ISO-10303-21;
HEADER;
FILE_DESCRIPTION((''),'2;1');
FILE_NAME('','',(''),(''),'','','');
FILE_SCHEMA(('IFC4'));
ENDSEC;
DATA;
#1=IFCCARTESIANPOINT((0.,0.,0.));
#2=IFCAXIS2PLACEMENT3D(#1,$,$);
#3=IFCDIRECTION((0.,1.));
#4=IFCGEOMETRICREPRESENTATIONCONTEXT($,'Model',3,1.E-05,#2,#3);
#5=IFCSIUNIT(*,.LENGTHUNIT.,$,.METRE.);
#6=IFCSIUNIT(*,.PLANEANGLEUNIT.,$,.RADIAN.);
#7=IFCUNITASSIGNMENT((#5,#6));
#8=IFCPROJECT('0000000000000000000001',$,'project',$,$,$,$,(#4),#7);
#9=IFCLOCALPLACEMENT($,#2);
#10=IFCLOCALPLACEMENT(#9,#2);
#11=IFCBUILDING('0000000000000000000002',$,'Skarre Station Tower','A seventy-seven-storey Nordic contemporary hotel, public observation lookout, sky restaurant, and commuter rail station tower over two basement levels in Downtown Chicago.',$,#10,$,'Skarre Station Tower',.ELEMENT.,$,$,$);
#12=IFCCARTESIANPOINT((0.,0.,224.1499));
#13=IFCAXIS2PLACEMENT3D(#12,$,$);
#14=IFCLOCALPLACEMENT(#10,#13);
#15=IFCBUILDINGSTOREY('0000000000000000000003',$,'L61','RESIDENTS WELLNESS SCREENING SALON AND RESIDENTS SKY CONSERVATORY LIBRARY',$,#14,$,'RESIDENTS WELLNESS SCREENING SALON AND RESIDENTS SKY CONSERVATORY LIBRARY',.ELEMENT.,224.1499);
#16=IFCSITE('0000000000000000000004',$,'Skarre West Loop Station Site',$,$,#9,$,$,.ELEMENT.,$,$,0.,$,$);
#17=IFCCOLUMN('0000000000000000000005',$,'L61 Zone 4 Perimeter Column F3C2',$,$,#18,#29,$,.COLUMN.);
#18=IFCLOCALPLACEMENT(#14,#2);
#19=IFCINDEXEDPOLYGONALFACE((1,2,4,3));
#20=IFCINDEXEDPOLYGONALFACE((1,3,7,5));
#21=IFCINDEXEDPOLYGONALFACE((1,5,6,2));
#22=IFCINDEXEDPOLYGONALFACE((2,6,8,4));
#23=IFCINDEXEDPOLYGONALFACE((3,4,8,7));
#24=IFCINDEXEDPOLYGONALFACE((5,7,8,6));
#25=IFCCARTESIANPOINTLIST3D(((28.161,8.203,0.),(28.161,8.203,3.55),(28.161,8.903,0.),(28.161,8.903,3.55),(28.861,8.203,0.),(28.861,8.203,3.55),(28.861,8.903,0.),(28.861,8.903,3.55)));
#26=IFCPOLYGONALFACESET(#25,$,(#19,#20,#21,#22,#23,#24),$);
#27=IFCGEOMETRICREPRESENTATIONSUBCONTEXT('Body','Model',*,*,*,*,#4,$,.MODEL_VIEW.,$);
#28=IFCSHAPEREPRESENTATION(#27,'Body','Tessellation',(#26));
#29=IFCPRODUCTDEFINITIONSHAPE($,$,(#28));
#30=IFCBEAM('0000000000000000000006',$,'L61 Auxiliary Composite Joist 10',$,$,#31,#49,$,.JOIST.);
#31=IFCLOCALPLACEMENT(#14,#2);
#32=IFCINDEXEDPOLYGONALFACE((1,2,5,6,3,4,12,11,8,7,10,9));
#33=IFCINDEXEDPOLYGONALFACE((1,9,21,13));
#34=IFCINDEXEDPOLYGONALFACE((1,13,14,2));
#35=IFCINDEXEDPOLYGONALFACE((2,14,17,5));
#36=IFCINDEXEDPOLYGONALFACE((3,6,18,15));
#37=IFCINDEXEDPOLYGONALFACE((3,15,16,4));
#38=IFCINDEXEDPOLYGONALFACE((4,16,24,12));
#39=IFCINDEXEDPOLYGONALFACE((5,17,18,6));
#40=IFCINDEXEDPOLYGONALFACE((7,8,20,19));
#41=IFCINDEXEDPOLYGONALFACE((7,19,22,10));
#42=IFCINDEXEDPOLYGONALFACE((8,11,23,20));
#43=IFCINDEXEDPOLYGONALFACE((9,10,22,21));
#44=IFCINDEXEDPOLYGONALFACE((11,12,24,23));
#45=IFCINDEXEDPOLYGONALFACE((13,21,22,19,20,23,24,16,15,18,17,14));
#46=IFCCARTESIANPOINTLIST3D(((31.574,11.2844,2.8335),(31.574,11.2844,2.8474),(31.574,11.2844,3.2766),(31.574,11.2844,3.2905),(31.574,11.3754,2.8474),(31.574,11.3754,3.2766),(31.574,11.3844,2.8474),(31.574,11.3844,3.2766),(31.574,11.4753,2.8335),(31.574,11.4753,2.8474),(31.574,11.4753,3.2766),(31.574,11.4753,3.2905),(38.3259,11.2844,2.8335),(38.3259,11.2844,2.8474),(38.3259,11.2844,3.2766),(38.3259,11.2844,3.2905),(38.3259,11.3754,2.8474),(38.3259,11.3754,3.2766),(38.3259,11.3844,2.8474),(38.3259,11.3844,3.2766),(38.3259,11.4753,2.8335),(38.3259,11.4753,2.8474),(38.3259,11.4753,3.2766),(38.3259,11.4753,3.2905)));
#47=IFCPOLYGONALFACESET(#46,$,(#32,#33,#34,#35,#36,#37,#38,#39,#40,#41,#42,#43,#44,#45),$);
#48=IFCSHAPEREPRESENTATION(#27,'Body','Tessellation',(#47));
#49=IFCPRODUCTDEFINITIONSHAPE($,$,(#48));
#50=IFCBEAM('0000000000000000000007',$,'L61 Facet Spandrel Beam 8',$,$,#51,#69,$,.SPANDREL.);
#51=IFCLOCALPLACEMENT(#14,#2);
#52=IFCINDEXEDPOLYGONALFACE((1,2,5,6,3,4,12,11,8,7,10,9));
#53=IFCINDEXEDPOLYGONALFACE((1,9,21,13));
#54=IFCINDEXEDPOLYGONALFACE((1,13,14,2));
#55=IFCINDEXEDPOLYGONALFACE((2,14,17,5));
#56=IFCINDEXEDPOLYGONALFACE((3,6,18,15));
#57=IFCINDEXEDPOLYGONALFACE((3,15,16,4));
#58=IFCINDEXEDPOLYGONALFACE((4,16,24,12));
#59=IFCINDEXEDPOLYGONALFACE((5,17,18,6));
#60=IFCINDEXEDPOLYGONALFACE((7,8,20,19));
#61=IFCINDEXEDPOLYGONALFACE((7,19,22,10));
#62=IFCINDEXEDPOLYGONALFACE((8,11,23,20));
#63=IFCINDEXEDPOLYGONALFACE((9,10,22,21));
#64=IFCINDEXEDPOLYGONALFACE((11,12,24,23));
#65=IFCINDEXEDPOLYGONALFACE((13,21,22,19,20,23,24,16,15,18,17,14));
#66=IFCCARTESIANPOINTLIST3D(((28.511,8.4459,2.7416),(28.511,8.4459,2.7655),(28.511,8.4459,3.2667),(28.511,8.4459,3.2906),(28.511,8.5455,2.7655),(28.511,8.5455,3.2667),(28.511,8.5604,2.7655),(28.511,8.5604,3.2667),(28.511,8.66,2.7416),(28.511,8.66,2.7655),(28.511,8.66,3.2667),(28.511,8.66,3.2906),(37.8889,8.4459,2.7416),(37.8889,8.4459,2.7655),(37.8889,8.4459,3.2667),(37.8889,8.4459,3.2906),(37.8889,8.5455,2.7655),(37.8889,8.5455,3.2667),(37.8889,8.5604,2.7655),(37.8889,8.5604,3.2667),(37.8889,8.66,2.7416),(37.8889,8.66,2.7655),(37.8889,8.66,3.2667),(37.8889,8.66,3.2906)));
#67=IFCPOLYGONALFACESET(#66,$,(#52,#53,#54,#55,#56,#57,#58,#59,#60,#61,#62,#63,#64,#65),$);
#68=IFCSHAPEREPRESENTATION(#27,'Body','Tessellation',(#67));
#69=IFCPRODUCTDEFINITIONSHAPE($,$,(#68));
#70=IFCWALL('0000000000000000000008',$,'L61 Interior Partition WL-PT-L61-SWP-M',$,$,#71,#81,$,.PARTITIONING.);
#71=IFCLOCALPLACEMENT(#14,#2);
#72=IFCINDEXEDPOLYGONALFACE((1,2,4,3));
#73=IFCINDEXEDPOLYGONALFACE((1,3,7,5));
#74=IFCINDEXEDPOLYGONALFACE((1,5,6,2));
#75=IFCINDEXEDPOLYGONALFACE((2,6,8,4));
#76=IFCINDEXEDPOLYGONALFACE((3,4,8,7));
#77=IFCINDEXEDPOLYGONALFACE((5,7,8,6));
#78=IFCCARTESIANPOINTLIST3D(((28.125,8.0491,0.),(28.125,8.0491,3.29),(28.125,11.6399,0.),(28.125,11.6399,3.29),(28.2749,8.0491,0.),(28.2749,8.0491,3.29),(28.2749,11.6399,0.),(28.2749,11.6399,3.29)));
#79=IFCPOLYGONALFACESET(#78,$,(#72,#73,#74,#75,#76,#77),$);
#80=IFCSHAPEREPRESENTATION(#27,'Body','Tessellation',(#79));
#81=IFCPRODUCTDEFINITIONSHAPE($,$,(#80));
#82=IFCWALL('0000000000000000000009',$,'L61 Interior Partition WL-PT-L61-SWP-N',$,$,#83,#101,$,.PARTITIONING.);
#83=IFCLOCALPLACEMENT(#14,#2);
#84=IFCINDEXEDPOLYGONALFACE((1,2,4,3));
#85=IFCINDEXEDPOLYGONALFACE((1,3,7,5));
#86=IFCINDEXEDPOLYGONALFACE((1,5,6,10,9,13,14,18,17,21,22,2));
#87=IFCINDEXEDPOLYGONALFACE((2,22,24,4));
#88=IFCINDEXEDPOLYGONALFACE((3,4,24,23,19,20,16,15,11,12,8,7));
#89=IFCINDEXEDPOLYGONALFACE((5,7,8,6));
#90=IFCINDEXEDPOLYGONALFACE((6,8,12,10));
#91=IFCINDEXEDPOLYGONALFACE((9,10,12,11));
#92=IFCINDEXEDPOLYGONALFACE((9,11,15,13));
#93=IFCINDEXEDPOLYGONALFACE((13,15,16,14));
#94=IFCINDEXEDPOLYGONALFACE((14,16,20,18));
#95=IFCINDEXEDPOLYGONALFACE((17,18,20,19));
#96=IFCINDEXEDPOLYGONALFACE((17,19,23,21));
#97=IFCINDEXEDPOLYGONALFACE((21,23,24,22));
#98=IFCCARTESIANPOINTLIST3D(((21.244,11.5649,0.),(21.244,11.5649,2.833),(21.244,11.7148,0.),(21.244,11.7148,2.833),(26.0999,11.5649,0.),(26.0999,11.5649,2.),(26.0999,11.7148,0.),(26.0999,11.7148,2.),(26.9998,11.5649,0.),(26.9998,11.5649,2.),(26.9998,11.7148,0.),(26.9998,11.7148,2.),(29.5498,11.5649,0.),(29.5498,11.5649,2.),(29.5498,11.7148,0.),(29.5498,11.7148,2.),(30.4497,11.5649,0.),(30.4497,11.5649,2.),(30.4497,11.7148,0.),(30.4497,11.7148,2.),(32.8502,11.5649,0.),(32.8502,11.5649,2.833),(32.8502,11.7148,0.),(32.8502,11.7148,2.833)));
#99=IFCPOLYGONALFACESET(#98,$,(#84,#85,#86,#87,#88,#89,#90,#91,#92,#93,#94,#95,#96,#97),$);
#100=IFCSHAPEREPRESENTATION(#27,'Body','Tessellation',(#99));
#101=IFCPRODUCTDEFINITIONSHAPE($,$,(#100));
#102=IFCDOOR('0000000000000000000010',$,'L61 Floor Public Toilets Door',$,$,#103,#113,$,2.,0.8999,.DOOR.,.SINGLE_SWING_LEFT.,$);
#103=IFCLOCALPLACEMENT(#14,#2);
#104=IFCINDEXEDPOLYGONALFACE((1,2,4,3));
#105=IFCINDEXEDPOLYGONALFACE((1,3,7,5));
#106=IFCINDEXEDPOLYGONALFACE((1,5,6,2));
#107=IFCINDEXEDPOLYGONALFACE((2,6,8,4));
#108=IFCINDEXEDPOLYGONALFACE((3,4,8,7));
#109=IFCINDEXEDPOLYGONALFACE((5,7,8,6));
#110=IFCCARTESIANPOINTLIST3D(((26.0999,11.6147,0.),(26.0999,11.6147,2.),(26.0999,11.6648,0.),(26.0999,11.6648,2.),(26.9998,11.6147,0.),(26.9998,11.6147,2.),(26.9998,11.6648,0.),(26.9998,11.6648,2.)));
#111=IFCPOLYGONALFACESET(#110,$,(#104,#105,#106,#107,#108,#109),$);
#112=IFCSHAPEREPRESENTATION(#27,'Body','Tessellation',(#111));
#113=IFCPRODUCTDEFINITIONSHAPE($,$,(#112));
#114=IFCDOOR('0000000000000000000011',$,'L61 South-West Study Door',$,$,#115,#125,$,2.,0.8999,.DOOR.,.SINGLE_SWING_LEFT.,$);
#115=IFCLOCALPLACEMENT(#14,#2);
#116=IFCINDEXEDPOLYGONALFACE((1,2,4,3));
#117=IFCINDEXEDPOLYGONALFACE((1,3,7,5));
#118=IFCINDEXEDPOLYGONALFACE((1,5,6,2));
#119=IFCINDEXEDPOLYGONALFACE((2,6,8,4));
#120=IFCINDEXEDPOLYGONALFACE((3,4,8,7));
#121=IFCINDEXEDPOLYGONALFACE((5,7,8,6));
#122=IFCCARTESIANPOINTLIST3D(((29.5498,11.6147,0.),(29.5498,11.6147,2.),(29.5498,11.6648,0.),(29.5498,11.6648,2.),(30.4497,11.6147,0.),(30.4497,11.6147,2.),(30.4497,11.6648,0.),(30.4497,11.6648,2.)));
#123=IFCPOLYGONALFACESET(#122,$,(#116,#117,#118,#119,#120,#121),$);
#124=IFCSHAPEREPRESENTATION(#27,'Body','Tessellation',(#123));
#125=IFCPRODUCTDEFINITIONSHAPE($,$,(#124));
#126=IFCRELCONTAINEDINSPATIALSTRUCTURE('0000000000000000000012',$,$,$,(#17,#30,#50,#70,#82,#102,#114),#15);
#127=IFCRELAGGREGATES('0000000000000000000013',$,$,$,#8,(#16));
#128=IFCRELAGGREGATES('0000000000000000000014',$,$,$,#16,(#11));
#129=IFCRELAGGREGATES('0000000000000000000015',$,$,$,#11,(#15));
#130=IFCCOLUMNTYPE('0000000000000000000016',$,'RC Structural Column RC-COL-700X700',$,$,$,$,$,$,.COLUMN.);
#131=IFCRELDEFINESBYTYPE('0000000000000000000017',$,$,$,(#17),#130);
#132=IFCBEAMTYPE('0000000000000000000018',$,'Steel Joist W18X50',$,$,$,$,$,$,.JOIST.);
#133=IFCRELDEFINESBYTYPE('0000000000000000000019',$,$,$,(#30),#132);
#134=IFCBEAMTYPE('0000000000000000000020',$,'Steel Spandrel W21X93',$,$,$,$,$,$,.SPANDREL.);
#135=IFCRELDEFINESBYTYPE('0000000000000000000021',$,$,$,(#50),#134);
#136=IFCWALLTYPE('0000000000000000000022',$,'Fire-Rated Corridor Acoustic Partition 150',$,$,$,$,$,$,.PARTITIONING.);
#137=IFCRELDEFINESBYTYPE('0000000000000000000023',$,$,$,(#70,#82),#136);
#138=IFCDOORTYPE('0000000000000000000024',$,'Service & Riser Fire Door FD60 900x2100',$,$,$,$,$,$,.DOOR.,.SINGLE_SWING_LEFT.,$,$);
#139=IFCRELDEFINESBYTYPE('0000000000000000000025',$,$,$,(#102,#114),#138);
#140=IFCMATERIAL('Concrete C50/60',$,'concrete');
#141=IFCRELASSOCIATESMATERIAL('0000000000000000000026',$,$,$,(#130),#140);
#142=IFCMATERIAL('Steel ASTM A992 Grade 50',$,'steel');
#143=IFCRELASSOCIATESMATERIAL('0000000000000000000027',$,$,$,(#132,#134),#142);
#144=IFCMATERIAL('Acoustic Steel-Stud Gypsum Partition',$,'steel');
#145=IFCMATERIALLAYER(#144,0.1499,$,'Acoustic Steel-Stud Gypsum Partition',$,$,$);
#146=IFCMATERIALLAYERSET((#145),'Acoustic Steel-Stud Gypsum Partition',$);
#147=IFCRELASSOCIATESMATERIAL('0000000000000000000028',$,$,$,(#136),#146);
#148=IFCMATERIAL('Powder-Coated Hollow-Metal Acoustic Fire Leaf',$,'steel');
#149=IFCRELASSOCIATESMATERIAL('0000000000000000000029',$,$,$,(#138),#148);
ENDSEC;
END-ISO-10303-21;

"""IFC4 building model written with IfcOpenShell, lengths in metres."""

from ifc_helpers import new_model, si_unit, direction, frame, frame_2d, origin, origin_2d, place, context, subcontext, project, spatial, rectangle, i_section, extrude, material, layer, layer_set, material_profile, profile_set, type_object, element, fill, save


model = new_model("IFC4")

# Units and contexts
model_context = context("Model", 3, precision=1e-05, world=origin(), true_north=direction((0.0, 1.0)))
body_context = subcontext(model_context, "Body", "Model", "MODEL_VIEW")
ifc_project = project(units=[si_unit("LENGTHUNIT", "METRE"), si_unit("PLANEANGLEUNIT", "RADIAN")], contexts=[model_context])

# Site, building, storey
site_placement = place(None, origin())
site = spatial("IfcSite", under=ifc_project, at=site_placement, Name="Skarre West Loop Station Site", CompositionType="ELEMENT", RefElevation=0.0)
building_placement = place(site_placement, origin())
building = spatial("IfcBuilding", under=site, at=building_placement, Name="Skarre Station Tower", Description="A seventy-seven-storey Nordic contemporary hotel, public observation lookout, sky restaurant, and commuter rail station tower over two basement levels in Downtown Chicago.", LongName="Skarre Station Tower", CompositionType="ELEMENT")
storey_placement = place(building_placement, frame((0.0, 0.0, 224.1499)))
storey = spatial("IfcBuildingStorey", under=building, at=storey_placement, Name="L61", Description="RESIDENTS WELLNESS SCREENING SALON AND RESIDENTS SKY CONSERVATORY LIBRARY", LongName="RESIDENTS WELLNESS SCREENING SALON AND RESIDENTS SKY CONSERVATORY LIBRARY", CompositionType="ELEMENT", Elevation=224.1499)

# Column
ifc_material_1 = material(Name="Concrete C50/60", Category="concrete")
ifc_material_profile_1 = material_profile(ifc_material_1, rectangle(XDim=0.7, YDim=0.7, at=origin_2d()), Name="Concrete C50/60")
ifc_profile_set_1 = profile_set([ifc_material_profile_1], Name="Concrete C50/60")
column_type = type_object("IfcColumnType", Name="RC Structural Column RC-COL-700X700", PredefinedType="COLUMN", material=ifc_profile_set_1)
column_placement = place(storey_placement, frame((28.511, 8.553, 0.0), z_axis=(0.0, 0.0, 1.0), x_axis=(1.0, 0.0, 0.0)))
element("IfcColumn", 1, at=column_placement, inside=storey, type_object=column_type, Name="L61 Zone 4 Perimeter Column F3C2", PredefinedType="COLUMN", context=body_context, shape_type="SweptSolid", body=[
    extrude(rectangle(XDim=0.7, YDim=0.7, at=origin_2d()), origin(), (0.0, 0.0, 1.0), 3.55),
])

# Beams
ifc_material_2 = material(Name="Steel ASTM A992 Grade 50", Category="steel")
ifc_material_profile_2 = material_profile(ifc_material_2, i_section(OverallWidth=0.1909, OverallDepth=0.457, WebThickness=0.009, FlangeThickness=0.0139, at=origin_2d()), Name="Steel ASTM A992 Grade 50")
ifc_profile_set_2 = profile_set([ifc_material_profile_2], Name="Steel ASTM A992 Grade 50")
beam_type_1 = type_object("IfcBeamType", Name="Steel Joist W18X50", PredefinedType="JOIST", material=ifc_profile_set_2)
beam_1_placement = place(storey_placement, frame((31.574, 11.3799, 3.062), z_axis=(1.0, 0.0, 0.0), x_axis=(0.0, 1.0, 0.0)))
element("IfcBeam", 2, at=beam_1_placement, inside=storey, type_object=beam_type_1, Name="L61 Auxiliary Composite Joist 10", PredefinedType="JOIST", context=body_context, shape_type="SweptSolid", body=[
    extrude(i_section(OverallWidth=0.1909, OverallDepth=0.457, WebThickness=0.009, FlangeThickness=0.0139, at=origin_2d()), origin(), (0.0, 0.0, 1.0), 6.752),
])
ifc_material_profile_3 = material_profile(ifc_material_2, i_section(OverallWidth=0.2141, OverallDepth=0.5491, WebThickness=0.0149, FlangeThickness=0.0239, at=origin_2d()), Name="Steel ASTM A992 Grade 50")
ifc_profile_set_3 = profile_set([ifc_material_profile_3], Name="Steel ASTM A992 Grade 50")
beam_type_2 = type_object("IfcBeamType", Name="Steel Spandrel W21X93", PredefinedType="SPANDREL", material=ifc_profile_set_3)
beam_2_placement = place(storey_placement, frame((28.511, 8.553, 3.0161), z_axis=(1.0, 0.0, 0.0), x_axis=(0.0, 1.0, 0.0)))
element("IfcBeam", 3, at=beam_2_placement, inside=storey, type_object=beam_type_2, Name="L61 Facet Spandrel Beam 8", PredefinedType="SPANDREL", context=body_context, shape_type="SweptSolid", body=[
    extrude(i_section(OverallWidth=0.2141, OverallDepth=0.5491, WebThickness=0.0149, FlangeThickness=0.0239, at=origin_2d()), origin(), (0.0, 0.0, 1.0), 9.3779),
])

# Wall
ifc_material_3 = material(Name="Acoustic Steel-Stud Gypsum Partition", Category="steel")
ifc_layer_1 = layer(ifc_material_3, 0.1499, Name="Acoustic Steel-Stud Gypsum Partition")
ifc_layer_set_1 = layer_set([ifc_layer_1], Name="Acoustic Steel-Stud Gypsum Partition")
wall_type_1 = type_object("IfcWallType", Name="Fire-Rated Corridor Acoustic Partition 150", PredefinedType="PARTITIONING", material=ifc_layer_set_1)
wall_1_placement = place(storey_placement, frame((28.2, 8.0491, 0.0), z_axis=(0.0, 0.0, 1.0), x_axis=(0.0, 1.0, 0.0)))
element("IfcWall", 4, at=wall_1_placement, inside=storey, type_object=wall_type_1, Name="L61 Interior Partition WL-PT-L61-SWP-M", PredefinedType="PARTITIONING", context=body_context, shape_type="SweptSolid", body=[
    extrude(rectangle(XDim=3.5908, YDim=0.1499, at=frame_2d((1.7954, 0.0))), origin(), (0.0, 0.0, 1.0), 3.29),
])

# Wall, openings, doors
wall_2_placement = place(storey_placement, frame((21.2439, 11.6399, 0.0), z_axis=(0.0, 0.0, 1.0), x_axis=(1.0, 0.0, 0.0)))
wall_2 = element("IfcWall", 5, at=wall_2_placement, inside=storey, type_object=wall_type_1, Name="L61 Interior Partition WL-PT-L61-SWP-N", PredefinedType="PARTITIONING", context=body_context, shape_type="SweptSolid", body=[
    extrude(rectangle(XDim=11.6062, YDim=0.1499, at=frame_2d((5.8032, 0.0))), origin(), (0.0, 0.0, 1.0), 2.833),
])
opening_1_placement = place(wall_2_placement, frame((4.856, 0.0, 0.0)))
opening_1 = element("IfcOpeningElement", 6, at=opening_1_placement, cuts=wall_2, PredefinedType="OPENING", context=body_context, shape_type="SweptSolid", body=[
    extrude(rectangle(XDim=0.8999, YDim=2.0, at=frame_2d((0.45, 1.0))), frame((0.0, 0.085, 0.0), z_axis=(0.0, -1.0, 0.0), x_axis=(1.0, 0.0, 0.0)), (0.0, 0.0, 1.0), 0.1699),
])
opening_2_placement = place(wall_2_placement, frame((8.3059, 0.0, 0.0)))
opening_2 = element("IfcOpeningElement", 7, at=opening_2_placement, cuts=wall_2, PredefinedType="OPENING", context=body_context, shape_type="SweptSolid", body=[
    extrude(rectangle(XDim=0.8999, YDim=2.0, at=frame_2d((0.45, 1.0))), frame((0.0, 0.085, 0.0), z_axis=(0.0, -1.0, 0.0), x_axis=(1.0, 0.0, 0.0)), (0.0, 0.0, 1.0), 0.1699),
])
ifc_material_4 = material(Name="Powder-Coated Hollow-Metal Acoustic Fire Leaf", Category="steel")
door_type = type_object("IfcDoorType", Name="Service & Riser Fire Door FD60 900x2100", OperationType="SINGLE_SWING_LEFT", PredefinedType="DOOR", material=ifc_material_4)
door_1_placement = place(opening_1_placement, origin())
door_1 = element("IfcDoor", 8, at=door_1_placement, inside=storey, type_object=door_type, Name="L61 Floor Public Toilets Door", OperationType="SINGLE_SWING_LEFT", OverallHeight=2.0, OverallWidth=0.8999, PredefinedType="DOOR", context=body_context, shape_type="SweptSolid", body=[
    extrude(rectangle(XDim=0.8999, YDim=2.0, at=frame_2d((0.45, 1.0))), frame((0.0, 0.0249, 0.0), z_axis=(0.0, -1.0, 0.0), x_axis=(1.0, 0.0, 0.0)), (0.0, 0.0, 1.0), 0.05),
])
fill(opening_1, door_1)
door_2_placement = place(opening_2_placement, origin())
door_2 = element("IfcDoor", 9, at=door_2_placement, inside=storey, type_object=door_type, Name="L61 South-West Study Door", OperationType="SINGLE_SWING_LEFT", OverallHeight=2.0, OverallWidth=0.8999, PredefinedType="DOOR", context=body_context, shape_type="SweptSolid", body=[
    extrude(rectangle(XDim=0.8999, YDim=2.0, at=frame_2d((0.45, 1.0))), frame((0.0, 0.0249, 0.0), z_axis=(0.0, -1.0, 0.0), x_axis=(1.0, 0.0, 0.0)), (0.0, 0.0, 1.0), 0.05),
])
fill(opening_2, door_2)

save(model, "model.ifc")
